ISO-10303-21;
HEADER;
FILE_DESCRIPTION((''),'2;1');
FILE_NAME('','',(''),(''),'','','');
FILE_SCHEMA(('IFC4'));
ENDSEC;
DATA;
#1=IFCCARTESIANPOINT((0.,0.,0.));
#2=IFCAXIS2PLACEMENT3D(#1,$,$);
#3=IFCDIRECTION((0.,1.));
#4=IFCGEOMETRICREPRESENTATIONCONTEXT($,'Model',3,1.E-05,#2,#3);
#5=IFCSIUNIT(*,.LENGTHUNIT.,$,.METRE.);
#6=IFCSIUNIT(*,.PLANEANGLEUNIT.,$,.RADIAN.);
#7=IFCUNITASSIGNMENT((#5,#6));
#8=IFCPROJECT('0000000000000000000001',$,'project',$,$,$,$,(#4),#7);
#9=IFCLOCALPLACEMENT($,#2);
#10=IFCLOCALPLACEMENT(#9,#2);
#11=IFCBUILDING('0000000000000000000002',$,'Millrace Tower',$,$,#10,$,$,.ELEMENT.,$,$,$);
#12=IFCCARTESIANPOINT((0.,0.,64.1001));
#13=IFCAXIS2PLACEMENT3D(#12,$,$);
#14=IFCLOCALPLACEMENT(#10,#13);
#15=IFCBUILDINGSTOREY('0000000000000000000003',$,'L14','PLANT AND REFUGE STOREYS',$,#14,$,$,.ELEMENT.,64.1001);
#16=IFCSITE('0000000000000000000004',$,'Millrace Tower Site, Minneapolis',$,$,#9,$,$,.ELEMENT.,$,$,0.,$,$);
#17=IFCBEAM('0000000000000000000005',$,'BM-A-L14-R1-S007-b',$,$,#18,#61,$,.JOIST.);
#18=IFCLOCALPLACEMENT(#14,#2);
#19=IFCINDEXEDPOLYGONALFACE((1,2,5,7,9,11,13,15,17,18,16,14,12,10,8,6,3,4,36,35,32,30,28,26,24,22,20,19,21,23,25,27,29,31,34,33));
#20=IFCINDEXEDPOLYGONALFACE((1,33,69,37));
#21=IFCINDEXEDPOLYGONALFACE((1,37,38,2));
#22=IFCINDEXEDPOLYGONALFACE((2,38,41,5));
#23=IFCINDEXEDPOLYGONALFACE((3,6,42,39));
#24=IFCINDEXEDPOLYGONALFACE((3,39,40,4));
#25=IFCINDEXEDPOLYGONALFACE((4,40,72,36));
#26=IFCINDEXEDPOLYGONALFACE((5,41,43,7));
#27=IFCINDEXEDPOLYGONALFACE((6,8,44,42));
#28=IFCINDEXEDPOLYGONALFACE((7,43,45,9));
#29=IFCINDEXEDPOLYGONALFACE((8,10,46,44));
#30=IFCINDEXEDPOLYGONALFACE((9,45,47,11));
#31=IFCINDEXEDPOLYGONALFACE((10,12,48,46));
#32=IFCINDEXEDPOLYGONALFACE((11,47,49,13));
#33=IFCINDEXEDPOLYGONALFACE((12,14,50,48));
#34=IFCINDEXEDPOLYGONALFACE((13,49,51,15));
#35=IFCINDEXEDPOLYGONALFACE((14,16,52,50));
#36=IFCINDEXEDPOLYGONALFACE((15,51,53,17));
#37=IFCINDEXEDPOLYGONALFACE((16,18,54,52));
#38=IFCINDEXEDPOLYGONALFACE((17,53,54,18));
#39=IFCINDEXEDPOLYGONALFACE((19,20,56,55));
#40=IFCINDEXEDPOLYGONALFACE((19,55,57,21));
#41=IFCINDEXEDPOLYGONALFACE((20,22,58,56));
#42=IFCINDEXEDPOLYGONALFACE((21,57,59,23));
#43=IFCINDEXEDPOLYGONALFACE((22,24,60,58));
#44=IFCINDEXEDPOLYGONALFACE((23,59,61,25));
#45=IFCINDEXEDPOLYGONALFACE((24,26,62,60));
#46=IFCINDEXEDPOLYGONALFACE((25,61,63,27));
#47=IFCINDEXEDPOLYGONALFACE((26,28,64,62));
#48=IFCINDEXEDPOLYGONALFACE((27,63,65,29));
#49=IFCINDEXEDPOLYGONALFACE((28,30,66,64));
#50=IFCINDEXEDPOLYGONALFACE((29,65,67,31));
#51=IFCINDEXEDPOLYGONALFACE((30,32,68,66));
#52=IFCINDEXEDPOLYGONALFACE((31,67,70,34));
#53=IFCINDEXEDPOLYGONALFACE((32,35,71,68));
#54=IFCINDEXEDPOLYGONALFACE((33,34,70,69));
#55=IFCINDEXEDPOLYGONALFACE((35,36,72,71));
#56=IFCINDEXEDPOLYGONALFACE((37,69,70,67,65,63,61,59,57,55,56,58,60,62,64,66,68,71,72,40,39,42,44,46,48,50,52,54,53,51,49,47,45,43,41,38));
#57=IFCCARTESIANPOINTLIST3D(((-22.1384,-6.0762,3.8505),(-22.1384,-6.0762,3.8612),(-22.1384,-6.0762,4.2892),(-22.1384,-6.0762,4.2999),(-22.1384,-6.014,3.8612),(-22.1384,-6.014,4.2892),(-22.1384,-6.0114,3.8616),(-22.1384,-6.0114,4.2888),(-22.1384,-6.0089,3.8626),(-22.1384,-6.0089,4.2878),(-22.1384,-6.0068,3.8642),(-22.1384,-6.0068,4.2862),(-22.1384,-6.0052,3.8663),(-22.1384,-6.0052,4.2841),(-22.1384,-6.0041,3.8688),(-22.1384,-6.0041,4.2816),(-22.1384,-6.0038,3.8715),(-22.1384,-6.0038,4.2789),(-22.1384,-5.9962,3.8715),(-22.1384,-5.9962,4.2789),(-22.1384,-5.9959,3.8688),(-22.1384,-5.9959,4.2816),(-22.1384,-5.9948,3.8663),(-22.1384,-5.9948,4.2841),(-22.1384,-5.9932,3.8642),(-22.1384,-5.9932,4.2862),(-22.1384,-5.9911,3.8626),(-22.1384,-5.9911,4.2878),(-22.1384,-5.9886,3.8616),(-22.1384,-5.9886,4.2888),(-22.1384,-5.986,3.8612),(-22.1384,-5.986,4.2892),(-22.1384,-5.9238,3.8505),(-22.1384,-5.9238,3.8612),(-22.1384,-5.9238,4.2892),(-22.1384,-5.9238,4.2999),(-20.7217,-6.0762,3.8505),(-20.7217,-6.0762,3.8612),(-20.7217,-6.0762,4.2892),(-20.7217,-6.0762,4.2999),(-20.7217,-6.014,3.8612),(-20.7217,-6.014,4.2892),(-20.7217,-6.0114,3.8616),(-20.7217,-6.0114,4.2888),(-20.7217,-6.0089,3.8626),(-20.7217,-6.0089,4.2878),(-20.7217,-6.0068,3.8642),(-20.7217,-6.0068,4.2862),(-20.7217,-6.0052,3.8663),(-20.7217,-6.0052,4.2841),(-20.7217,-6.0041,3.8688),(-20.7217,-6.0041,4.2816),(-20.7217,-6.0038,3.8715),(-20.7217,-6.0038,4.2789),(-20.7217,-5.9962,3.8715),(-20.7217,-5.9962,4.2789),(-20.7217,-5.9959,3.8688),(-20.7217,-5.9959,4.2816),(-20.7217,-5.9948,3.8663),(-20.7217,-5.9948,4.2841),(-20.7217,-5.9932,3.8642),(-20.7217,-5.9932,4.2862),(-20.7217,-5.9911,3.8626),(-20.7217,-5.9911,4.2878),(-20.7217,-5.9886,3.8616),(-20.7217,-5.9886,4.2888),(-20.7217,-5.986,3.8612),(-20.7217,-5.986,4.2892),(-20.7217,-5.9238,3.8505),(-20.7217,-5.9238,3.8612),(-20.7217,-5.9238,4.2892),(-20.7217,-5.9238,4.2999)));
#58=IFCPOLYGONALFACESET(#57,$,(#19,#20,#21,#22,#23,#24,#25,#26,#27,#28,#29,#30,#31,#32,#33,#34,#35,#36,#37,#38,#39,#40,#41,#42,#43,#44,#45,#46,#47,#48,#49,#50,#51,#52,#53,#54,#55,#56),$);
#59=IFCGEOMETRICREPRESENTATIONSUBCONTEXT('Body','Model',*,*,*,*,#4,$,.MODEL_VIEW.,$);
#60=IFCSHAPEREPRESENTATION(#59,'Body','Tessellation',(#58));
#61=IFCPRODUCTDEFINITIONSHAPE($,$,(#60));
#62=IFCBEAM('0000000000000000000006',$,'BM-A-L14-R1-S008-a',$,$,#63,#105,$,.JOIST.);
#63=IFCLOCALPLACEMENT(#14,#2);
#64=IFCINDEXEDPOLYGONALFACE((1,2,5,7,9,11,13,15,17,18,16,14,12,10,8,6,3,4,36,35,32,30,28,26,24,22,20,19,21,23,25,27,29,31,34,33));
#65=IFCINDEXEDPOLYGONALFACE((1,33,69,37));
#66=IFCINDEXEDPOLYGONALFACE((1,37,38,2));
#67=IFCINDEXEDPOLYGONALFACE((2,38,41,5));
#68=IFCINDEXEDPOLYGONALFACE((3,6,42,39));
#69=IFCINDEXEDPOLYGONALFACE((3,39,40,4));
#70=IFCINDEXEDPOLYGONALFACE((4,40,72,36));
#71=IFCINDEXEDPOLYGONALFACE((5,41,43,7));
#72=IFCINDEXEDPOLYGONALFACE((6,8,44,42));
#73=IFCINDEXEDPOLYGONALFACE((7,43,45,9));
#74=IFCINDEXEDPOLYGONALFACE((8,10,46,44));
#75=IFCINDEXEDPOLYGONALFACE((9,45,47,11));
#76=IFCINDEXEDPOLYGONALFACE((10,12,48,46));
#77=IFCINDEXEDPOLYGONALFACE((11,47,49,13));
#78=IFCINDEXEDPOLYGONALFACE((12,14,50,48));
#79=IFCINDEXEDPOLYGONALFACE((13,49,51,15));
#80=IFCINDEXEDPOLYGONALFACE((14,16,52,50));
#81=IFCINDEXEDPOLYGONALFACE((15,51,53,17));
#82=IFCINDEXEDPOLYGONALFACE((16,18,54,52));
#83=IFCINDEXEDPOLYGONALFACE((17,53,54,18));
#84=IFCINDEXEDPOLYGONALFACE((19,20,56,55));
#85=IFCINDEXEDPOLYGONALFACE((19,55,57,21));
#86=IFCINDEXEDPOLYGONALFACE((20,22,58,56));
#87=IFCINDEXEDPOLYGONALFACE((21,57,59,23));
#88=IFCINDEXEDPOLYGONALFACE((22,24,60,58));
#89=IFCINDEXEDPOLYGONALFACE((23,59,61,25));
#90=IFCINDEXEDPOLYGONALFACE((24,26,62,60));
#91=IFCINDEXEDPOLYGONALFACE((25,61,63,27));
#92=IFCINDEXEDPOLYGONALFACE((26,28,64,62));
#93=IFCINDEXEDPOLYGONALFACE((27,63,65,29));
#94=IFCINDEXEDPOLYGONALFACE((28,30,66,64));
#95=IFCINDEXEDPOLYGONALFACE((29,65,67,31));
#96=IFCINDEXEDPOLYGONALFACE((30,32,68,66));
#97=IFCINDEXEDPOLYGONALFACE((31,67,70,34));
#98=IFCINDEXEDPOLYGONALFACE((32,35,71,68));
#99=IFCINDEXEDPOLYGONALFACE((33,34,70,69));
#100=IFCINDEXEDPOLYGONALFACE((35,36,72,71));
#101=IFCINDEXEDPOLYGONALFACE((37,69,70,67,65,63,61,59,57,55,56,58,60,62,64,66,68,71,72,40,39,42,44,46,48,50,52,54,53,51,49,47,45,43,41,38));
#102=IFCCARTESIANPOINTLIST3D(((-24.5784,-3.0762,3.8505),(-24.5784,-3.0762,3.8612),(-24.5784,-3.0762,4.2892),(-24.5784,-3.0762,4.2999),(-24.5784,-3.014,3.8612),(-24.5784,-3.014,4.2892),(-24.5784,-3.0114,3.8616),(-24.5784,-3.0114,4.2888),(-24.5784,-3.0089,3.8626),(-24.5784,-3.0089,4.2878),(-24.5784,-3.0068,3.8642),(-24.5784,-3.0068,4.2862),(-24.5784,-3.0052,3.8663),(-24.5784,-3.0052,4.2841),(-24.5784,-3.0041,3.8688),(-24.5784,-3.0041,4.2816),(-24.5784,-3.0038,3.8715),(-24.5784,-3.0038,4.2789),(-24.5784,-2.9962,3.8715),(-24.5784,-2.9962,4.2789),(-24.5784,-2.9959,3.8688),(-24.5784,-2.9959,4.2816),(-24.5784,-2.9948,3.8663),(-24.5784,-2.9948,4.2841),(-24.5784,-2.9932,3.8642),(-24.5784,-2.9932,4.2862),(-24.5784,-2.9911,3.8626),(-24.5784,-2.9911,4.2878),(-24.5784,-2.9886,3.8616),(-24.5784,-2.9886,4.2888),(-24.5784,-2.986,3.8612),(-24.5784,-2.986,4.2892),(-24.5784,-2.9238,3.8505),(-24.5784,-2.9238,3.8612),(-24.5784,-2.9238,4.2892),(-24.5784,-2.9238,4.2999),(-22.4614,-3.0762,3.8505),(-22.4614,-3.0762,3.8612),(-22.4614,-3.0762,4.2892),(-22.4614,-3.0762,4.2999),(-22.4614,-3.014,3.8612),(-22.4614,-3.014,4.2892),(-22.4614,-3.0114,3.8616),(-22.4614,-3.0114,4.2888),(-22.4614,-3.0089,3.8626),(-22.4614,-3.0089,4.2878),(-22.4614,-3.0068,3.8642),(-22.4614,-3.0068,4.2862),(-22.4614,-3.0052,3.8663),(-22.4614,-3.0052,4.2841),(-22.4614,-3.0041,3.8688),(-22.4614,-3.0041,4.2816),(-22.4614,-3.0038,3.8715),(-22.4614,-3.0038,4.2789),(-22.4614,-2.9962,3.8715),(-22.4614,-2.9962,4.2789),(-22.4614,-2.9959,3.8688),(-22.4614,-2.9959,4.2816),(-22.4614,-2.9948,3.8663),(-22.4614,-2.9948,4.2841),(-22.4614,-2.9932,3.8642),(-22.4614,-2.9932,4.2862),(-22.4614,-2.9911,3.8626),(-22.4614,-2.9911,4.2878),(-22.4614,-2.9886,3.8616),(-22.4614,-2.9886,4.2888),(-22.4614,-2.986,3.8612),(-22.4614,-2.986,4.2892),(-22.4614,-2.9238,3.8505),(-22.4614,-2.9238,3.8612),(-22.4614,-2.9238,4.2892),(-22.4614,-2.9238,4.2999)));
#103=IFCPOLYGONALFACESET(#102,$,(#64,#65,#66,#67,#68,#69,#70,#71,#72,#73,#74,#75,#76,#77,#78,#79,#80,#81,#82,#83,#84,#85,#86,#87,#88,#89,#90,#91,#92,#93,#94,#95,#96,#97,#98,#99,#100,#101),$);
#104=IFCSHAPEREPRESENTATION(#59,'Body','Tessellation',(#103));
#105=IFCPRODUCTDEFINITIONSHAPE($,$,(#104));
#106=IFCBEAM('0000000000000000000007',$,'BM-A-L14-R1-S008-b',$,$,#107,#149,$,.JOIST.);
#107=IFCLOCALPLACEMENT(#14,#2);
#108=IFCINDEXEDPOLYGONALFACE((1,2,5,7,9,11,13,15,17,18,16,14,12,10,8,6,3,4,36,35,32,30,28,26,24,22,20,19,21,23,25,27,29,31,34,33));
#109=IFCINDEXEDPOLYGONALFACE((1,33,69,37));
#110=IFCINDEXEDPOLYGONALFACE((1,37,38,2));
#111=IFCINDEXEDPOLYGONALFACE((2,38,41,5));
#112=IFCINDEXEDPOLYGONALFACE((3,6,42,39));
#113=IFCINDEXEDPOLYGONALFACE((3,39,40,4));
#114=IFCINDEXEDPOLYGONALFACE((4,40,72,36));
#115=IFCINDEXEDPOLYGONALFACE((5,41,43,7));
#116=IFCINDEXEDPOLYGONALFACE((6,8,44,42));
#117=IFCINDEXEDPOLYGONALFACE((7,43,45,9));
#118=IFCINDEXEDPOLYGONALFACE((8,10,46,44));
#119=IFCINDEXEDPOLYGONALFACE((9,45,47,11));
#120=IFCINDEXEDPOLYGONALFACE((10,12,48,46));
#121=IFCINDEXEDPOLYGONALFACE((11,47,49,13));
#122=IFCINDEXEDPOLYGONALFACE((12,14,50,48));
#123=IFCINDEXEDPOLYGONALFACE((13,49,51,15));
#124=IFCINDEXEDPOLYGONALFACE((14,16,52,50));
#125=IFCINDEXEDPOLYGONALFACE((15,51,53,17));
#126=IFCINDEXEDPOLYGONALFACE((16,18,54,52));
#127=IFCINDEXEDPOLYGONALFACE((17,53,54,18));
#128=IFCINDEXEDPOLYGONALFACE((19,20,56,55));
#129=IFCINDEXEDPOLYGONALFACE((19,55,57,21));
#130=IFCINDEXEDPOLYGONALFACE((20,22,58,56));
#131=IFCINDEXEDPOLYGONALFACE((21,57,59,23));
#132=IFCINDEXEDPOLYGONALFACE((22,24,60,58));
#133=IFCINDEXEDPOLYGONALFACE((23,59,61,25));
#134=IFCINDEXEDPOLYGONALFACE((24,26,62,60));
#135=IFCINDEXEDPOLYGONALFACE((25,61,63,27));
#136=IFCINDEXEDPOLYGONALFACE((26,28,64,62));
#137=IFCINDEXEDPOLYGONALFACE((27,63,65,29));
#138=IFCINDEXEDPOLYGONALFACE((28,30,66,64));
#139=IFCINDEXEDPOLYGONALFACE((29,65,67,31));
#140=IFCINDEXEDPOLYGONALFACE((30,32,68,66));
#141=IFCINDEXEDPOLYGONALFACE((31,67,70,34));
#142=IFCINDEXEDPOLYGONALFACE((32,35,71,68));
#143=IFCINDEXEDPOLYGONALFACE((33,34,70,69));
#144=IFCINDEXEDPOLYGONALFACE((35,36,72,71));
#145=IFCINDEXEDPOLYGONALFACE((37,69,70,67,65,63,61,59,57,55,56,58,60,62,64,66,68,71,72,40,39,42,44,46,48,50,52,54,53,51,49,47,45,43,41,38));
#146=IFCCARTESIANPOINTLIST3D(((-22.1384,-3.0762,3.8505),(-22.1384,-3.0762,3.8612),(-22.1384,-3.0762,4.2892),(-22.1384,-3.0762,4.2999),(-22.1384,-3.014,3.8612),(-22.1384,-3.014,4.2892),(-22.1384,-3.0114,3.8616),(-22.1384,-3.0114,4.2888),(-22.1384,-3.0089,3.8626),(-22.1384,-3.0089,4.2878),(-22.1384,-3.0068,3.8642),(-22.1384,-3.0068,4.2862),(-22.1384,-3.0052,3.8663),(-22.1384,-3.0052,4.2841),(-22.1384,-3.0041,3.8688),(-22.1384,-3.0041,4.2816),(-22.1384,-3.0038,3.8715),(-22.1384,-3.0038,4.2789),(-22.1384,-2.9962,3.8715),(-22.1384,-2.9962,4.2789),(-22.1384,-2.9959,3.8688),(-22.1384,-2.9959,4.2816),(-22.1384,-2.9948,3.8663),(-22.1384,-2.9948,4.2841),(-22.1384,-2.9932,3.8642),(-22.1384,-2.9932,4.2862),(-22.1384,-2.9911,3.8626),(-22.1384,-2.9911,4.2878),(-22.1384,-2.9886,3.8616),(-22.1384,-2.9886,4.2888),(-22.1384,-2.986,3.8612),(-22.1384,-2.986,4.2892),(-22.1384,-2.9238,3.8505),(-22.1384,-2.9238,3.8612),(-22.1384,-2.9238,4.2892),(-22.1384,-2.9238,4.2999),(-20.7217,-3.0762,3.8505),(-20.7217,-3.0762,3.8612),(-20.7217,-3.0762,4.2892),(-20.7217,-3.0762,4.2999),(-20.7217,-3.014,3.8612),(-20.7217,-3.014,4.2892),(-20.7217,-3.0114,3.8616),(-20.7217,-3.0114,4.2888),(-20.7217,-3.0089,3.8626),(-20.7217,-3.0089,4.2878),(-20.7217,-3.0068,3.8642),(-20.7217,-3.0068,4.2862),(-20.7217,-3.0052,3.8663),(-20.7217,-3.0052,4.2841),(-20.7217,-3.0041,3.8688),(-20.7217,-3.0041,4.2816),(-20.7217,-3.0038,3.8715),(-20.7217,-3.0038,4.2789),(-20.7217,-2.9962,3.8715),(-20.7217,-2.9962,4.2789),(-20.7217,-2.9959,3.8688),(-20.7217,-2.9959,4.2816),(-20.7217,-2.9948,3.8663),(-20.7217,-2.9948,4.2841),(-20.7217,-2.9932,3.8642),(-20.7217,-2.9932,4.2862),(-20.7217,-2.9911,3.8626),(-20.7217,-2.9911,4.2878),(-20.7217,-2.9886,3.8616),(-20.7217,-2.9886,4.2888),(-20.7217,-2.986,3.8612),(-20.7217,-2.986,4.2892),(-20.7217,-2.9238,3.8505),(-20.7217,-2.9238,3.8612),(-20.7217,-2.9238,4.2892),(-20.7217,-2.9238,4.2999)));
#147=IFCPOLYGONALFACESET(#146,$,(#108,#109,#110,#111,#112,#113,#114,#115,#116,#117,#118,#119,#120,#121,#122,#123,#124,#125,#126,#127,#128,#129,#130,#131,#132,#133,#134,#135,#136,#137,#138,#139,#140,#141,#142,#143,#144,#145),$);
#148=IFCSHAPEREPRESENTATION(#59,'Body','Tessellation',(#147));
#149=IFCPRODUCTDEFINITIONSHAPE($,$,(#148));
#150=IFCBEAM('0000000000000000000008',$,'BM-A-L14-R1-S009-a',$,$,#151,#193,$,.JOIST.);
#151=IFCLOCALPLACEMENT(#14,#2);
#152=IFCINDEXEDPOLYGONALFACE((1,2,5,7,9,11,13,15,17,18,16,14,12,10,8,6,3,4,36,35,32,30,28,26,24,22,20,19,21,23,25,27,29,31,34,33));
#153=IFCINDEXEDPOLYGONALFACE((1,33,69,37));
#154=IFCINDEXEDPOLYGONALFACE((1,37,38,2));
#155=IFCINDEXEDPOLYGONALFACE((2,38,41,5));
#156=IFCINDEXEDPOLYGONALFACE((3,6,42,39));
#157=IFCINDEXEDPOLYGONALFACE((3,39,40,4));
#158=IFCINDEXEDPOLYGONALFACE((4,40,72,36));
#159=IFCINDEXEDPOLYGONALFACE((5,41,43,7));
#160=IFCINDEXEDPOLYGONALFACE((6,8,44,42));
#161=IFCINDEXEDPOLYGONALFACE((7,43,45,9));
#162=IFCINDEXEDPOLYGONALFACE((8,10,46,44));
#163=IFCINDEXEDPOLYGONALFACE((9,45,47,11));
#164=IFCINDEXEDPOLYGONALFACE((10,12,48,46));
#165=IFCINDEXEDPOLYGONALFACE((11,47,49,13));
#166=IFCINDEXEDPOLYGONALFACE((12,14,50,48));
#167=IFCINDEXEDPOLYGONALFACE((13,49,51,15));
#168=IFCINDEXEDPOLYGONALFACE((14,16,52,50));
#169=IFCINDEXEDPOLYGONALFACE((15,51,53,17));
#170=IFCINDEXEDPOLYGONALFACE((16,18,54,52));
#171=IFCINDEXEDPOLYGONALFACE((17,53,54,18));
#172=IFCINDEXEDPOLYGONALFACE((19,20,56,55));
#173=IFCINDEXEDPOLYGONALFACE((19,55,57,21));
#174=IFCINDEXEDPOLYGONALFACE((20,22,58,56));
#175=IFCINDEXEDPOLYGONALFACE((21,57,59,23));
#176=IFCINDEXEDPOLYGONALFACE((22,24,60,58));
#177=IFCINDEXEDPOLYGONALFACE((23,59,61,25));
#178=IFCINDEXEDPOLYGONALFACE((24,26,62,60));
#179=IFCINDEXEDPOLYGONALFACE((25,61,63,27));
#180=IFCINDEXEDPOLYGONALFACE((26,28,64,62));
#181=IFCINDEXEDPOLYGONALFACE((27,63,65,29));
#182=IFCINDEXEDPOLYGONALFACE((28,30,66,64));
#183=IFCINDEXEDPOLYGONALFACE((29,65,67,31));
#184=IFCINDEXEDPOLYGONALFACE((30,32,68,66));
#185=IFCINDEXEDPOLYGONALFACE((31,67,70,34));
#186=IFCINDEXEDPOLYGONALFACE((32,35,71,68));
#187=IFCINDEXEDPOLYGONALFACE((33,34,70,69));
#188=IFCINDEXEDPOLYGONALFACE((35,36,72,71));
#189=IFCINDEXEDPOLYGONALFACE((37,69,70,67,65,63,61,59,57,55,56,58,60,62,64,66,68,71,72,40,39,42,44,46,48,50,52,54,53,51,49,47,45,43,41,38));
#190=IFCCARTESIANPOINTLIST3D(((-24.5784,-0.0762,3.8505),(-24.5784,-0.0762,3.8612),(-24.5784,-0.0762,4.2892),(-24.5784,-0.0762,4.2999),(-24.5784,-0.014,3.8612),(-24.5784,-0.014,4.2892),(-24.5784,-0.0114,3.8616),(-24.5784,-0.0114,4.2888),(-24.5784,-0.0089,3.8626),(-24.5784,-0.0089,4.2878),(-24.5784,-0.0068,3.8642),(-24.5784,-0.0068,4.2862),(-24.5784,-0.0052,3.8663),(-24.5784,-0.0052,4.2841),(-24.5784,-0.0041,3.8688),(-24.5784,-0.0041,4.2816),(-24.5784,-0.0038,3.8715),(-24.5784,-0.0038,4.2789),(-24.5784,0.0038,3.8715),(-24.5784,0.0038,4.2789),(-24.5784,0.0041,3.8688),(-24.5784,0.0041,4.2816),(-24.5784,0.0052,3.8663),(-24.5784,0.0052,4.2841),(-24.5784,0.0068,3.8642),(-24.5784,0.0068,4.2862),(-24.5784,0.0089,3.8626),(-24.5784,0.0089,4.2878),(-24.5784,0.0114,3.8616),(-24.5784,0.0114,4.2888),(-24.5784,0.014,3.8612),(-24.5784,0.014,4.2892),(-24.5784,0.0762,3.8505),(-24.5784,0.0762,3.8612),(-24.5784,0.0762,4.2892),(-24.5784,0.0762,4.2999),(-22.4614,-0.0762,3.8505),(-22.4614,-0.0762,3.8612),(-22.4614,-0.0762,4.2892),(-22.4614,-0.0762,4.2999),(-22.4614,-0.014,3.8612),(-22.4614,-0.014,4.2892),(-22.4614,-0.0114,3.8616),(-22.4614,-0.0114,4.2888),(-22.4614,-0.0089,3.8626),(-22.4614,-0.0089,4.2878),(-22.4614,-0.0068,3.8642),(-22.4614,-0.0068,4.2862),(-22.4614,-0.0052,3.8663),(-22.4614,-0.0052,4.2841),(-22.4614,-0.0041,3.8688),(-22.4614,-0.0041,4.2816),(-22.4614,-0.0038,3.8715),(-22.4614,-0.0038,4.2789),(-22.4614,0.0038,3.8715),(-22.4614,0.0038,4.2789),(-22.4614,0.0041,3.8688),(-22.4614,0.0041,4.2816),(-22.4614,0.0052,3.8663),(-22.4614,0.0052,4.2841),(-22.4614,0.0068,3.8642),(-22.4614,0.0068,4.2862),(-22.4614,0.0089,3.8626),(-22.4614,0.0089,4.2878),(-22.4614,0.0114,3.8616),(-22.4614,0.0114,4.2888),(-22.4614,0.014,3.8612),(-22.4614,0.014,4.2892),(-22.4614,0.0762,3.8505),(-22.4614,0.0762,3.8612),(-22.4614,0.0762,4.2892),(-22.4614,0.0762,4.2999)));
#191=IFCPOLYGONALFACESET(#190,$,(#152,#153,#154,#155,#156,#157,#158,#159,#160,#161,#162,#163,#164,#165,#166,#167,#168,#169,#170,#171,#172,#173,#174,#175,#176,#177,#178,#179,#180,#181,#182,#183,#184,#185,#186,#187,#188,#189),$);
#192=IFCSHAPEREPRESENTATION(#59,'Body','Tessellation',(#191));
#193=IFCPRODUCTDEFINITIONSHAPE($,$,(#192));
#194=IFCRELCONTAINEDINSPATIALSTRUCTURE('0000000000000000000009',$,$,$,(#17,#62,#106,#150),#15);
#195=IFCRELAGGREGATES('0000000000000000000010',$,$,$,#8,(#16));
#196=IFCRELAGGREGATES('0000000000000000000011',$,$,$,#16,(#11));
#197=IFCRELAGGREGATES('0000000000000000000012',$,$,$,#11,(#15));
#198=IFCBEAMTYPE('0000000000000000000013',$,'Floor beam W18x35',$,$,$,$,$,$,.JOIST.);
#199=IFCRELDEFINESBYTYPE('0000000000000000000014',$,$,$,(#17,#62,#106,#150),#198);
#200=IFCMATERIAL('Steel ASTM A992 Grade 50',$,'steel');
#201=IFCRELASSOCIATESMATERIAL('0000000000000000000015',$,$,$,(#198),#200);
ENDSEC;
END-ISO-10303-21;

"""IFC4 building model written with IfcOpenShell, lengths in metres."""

from ifc_helpers import new_model, si_unit, direction, frame, origin, origin_2d, place, context, subcontext, project, spatial, i_section, extrude, material, material_profile, profile_set, type_object, element, save


model = new_model("IFC4")

# Units and contexts
model_context = context("Model", 3, precision=1e-05, world=origin(), true_north=direction((0.0, 1.0)))
body_context = subcontext(model_context, "Body", "Model", "MODEL_VIEW")
ifc_project = project(units=[si_unit("LENGTHUNIT", "METRE"), si_unit("PLANEANGLEUNIT", "RADIAN")], contexts=[model_context])

# Site, building, storey
site_placement = place(None, origin())
site = spatial("IfcSite", under=ifc_project, at=site_placement, Name="Millrace Tower Site, Minneapolis", CompositionType="ELEMENT", RefElevation=0.0)
building_placement = place(site_placement, origin())
building = spatial("IfcBuilding", under=site, at=building_placement, Name="Millrace Tower", CompositionType="ELEMENT")
storey_placement = place(building_placement, frame((0.0, 0.0, 64.1001)))
storey = spatial("IfcBuildingStorey", under=building, at=storey_placement, Name="L14", Description="PLANT AND REFUGE STOREYS", CompositionType="ELEMENT", Elevation=64.1001)

# Beams
ifc_material_1 = material(Name="Steel ASTM A992 Grade 50", Category="steel")
ifc_material_profile_1 = material_profile(ifc_material_1, i_section(OverallWidth=0.1523, OverallDepth=0.4495, WebThickness=0.0076, FlangeThickness=0.0107, FilletRadius=0.0103, at=origin_2d()))
ifc_profile_set_1 = profile_set([ifc_material_profile_1], Name="Steel ASTM A992 Grade 50")
beam_type_1 = type_object("IfcBeamType", Name="Floor beam W18x35", PredefinedType="JOIST", material=ifc_profile_set_1)
beam_1_placement = place(storey_placement, frame((-22.1384, -6.0, 4.0752), z_axis=(1.0, 0.0, 0.0), x_axis=(0.0, 1.0, 0.0)))
element("IfcBeam", 1, at=beam_1_placement, inside=storey, type_object=beam_type_1, Name="BM-A-L14-R1-S007-b", PredefinedType="JOIST", context=body_context, shape_type="SweptSolid", body=[
    extrude(i_section(OverallWidth=0.1523, OverallDepth=0.4495, WebThickness=0.0076, FlangeThickness=0.0107, FilletRadius=0.0103, at=origin_2d()), origin(), (0.0, 0.0, 1.0), 1.4167),
])
beam_2_placement = place(storey_placement, frame((-24.5784, -3.0, 4.0752), z_axis=(1.0, 0.0, 0.0), x_axis=(0.0, 1.0, 0.0)))
element("IfcBeam", 2, at=beam_2_placement, inside=storey, type_object=beam_type_1, Name="BM-A-L14-R1-S008-a", PredefinedType="JOIST", context=body_context, shape_type="SweptSolid", body=[
    extrude(i_section(OverallWidth=0.1523, OverallDepth=0.4495, WebThickness=0.0076, FlangeThickness=0.0107, FilletRadius=0.0103, at=origin_2d()), origin(), (0.0, 0.0, 1.0), 2.1169),
])
beam_3_placement = place(storey_placement, frame((-22.1384, -3.0, 4.0752), z_axis=(1.0, 0.0, 0.0), x_axis=(0.0, 1.0, 0.0)))
element("IfcBeam", 3, at=beam_3_placement, inside=storey, type_object=beam_type_1, Name="BM-A-L14-R1-S008-b", PredefinedType="JOIST", context=body_context, shape_type="SweptSolid", body=[
    extrude(i_section(OverallWidth=0.1523, OverallDepth=0.4495, WebThickness=0.0076, FlangeThickness=0.0107, FilletRadius=0.0103, at=origin_2d()), origin(), (0.0, 0.0, 1.0), 1.4167),
])
beam_4_placement = place(storey_placement, frame((-24.5784, 0.0, 4.0752), z_axis=(1.0, 0.0, 0.0), x_axis=(0.0, 1.0, 0.0)))
element("IfcBeam", 4, at=beam_4_placement, inside=storey, type_object=beam_type_1, Name="BM-A-L14-R1-S009-a", PredefinedType="JOIST", context=body_context, shape_type="SweptSolid", body=[
    extrude(i_section(OverallWidth=0.1523, OverallDepth=0.4495, WebThickness=0.0076, FlangeThickness=0.0107, FilletRadius=0.0103, at=origin_2d()), origin(), (0.0, 0.0, 1.0), 2.1169),
])

save(model, "model.ifc")
